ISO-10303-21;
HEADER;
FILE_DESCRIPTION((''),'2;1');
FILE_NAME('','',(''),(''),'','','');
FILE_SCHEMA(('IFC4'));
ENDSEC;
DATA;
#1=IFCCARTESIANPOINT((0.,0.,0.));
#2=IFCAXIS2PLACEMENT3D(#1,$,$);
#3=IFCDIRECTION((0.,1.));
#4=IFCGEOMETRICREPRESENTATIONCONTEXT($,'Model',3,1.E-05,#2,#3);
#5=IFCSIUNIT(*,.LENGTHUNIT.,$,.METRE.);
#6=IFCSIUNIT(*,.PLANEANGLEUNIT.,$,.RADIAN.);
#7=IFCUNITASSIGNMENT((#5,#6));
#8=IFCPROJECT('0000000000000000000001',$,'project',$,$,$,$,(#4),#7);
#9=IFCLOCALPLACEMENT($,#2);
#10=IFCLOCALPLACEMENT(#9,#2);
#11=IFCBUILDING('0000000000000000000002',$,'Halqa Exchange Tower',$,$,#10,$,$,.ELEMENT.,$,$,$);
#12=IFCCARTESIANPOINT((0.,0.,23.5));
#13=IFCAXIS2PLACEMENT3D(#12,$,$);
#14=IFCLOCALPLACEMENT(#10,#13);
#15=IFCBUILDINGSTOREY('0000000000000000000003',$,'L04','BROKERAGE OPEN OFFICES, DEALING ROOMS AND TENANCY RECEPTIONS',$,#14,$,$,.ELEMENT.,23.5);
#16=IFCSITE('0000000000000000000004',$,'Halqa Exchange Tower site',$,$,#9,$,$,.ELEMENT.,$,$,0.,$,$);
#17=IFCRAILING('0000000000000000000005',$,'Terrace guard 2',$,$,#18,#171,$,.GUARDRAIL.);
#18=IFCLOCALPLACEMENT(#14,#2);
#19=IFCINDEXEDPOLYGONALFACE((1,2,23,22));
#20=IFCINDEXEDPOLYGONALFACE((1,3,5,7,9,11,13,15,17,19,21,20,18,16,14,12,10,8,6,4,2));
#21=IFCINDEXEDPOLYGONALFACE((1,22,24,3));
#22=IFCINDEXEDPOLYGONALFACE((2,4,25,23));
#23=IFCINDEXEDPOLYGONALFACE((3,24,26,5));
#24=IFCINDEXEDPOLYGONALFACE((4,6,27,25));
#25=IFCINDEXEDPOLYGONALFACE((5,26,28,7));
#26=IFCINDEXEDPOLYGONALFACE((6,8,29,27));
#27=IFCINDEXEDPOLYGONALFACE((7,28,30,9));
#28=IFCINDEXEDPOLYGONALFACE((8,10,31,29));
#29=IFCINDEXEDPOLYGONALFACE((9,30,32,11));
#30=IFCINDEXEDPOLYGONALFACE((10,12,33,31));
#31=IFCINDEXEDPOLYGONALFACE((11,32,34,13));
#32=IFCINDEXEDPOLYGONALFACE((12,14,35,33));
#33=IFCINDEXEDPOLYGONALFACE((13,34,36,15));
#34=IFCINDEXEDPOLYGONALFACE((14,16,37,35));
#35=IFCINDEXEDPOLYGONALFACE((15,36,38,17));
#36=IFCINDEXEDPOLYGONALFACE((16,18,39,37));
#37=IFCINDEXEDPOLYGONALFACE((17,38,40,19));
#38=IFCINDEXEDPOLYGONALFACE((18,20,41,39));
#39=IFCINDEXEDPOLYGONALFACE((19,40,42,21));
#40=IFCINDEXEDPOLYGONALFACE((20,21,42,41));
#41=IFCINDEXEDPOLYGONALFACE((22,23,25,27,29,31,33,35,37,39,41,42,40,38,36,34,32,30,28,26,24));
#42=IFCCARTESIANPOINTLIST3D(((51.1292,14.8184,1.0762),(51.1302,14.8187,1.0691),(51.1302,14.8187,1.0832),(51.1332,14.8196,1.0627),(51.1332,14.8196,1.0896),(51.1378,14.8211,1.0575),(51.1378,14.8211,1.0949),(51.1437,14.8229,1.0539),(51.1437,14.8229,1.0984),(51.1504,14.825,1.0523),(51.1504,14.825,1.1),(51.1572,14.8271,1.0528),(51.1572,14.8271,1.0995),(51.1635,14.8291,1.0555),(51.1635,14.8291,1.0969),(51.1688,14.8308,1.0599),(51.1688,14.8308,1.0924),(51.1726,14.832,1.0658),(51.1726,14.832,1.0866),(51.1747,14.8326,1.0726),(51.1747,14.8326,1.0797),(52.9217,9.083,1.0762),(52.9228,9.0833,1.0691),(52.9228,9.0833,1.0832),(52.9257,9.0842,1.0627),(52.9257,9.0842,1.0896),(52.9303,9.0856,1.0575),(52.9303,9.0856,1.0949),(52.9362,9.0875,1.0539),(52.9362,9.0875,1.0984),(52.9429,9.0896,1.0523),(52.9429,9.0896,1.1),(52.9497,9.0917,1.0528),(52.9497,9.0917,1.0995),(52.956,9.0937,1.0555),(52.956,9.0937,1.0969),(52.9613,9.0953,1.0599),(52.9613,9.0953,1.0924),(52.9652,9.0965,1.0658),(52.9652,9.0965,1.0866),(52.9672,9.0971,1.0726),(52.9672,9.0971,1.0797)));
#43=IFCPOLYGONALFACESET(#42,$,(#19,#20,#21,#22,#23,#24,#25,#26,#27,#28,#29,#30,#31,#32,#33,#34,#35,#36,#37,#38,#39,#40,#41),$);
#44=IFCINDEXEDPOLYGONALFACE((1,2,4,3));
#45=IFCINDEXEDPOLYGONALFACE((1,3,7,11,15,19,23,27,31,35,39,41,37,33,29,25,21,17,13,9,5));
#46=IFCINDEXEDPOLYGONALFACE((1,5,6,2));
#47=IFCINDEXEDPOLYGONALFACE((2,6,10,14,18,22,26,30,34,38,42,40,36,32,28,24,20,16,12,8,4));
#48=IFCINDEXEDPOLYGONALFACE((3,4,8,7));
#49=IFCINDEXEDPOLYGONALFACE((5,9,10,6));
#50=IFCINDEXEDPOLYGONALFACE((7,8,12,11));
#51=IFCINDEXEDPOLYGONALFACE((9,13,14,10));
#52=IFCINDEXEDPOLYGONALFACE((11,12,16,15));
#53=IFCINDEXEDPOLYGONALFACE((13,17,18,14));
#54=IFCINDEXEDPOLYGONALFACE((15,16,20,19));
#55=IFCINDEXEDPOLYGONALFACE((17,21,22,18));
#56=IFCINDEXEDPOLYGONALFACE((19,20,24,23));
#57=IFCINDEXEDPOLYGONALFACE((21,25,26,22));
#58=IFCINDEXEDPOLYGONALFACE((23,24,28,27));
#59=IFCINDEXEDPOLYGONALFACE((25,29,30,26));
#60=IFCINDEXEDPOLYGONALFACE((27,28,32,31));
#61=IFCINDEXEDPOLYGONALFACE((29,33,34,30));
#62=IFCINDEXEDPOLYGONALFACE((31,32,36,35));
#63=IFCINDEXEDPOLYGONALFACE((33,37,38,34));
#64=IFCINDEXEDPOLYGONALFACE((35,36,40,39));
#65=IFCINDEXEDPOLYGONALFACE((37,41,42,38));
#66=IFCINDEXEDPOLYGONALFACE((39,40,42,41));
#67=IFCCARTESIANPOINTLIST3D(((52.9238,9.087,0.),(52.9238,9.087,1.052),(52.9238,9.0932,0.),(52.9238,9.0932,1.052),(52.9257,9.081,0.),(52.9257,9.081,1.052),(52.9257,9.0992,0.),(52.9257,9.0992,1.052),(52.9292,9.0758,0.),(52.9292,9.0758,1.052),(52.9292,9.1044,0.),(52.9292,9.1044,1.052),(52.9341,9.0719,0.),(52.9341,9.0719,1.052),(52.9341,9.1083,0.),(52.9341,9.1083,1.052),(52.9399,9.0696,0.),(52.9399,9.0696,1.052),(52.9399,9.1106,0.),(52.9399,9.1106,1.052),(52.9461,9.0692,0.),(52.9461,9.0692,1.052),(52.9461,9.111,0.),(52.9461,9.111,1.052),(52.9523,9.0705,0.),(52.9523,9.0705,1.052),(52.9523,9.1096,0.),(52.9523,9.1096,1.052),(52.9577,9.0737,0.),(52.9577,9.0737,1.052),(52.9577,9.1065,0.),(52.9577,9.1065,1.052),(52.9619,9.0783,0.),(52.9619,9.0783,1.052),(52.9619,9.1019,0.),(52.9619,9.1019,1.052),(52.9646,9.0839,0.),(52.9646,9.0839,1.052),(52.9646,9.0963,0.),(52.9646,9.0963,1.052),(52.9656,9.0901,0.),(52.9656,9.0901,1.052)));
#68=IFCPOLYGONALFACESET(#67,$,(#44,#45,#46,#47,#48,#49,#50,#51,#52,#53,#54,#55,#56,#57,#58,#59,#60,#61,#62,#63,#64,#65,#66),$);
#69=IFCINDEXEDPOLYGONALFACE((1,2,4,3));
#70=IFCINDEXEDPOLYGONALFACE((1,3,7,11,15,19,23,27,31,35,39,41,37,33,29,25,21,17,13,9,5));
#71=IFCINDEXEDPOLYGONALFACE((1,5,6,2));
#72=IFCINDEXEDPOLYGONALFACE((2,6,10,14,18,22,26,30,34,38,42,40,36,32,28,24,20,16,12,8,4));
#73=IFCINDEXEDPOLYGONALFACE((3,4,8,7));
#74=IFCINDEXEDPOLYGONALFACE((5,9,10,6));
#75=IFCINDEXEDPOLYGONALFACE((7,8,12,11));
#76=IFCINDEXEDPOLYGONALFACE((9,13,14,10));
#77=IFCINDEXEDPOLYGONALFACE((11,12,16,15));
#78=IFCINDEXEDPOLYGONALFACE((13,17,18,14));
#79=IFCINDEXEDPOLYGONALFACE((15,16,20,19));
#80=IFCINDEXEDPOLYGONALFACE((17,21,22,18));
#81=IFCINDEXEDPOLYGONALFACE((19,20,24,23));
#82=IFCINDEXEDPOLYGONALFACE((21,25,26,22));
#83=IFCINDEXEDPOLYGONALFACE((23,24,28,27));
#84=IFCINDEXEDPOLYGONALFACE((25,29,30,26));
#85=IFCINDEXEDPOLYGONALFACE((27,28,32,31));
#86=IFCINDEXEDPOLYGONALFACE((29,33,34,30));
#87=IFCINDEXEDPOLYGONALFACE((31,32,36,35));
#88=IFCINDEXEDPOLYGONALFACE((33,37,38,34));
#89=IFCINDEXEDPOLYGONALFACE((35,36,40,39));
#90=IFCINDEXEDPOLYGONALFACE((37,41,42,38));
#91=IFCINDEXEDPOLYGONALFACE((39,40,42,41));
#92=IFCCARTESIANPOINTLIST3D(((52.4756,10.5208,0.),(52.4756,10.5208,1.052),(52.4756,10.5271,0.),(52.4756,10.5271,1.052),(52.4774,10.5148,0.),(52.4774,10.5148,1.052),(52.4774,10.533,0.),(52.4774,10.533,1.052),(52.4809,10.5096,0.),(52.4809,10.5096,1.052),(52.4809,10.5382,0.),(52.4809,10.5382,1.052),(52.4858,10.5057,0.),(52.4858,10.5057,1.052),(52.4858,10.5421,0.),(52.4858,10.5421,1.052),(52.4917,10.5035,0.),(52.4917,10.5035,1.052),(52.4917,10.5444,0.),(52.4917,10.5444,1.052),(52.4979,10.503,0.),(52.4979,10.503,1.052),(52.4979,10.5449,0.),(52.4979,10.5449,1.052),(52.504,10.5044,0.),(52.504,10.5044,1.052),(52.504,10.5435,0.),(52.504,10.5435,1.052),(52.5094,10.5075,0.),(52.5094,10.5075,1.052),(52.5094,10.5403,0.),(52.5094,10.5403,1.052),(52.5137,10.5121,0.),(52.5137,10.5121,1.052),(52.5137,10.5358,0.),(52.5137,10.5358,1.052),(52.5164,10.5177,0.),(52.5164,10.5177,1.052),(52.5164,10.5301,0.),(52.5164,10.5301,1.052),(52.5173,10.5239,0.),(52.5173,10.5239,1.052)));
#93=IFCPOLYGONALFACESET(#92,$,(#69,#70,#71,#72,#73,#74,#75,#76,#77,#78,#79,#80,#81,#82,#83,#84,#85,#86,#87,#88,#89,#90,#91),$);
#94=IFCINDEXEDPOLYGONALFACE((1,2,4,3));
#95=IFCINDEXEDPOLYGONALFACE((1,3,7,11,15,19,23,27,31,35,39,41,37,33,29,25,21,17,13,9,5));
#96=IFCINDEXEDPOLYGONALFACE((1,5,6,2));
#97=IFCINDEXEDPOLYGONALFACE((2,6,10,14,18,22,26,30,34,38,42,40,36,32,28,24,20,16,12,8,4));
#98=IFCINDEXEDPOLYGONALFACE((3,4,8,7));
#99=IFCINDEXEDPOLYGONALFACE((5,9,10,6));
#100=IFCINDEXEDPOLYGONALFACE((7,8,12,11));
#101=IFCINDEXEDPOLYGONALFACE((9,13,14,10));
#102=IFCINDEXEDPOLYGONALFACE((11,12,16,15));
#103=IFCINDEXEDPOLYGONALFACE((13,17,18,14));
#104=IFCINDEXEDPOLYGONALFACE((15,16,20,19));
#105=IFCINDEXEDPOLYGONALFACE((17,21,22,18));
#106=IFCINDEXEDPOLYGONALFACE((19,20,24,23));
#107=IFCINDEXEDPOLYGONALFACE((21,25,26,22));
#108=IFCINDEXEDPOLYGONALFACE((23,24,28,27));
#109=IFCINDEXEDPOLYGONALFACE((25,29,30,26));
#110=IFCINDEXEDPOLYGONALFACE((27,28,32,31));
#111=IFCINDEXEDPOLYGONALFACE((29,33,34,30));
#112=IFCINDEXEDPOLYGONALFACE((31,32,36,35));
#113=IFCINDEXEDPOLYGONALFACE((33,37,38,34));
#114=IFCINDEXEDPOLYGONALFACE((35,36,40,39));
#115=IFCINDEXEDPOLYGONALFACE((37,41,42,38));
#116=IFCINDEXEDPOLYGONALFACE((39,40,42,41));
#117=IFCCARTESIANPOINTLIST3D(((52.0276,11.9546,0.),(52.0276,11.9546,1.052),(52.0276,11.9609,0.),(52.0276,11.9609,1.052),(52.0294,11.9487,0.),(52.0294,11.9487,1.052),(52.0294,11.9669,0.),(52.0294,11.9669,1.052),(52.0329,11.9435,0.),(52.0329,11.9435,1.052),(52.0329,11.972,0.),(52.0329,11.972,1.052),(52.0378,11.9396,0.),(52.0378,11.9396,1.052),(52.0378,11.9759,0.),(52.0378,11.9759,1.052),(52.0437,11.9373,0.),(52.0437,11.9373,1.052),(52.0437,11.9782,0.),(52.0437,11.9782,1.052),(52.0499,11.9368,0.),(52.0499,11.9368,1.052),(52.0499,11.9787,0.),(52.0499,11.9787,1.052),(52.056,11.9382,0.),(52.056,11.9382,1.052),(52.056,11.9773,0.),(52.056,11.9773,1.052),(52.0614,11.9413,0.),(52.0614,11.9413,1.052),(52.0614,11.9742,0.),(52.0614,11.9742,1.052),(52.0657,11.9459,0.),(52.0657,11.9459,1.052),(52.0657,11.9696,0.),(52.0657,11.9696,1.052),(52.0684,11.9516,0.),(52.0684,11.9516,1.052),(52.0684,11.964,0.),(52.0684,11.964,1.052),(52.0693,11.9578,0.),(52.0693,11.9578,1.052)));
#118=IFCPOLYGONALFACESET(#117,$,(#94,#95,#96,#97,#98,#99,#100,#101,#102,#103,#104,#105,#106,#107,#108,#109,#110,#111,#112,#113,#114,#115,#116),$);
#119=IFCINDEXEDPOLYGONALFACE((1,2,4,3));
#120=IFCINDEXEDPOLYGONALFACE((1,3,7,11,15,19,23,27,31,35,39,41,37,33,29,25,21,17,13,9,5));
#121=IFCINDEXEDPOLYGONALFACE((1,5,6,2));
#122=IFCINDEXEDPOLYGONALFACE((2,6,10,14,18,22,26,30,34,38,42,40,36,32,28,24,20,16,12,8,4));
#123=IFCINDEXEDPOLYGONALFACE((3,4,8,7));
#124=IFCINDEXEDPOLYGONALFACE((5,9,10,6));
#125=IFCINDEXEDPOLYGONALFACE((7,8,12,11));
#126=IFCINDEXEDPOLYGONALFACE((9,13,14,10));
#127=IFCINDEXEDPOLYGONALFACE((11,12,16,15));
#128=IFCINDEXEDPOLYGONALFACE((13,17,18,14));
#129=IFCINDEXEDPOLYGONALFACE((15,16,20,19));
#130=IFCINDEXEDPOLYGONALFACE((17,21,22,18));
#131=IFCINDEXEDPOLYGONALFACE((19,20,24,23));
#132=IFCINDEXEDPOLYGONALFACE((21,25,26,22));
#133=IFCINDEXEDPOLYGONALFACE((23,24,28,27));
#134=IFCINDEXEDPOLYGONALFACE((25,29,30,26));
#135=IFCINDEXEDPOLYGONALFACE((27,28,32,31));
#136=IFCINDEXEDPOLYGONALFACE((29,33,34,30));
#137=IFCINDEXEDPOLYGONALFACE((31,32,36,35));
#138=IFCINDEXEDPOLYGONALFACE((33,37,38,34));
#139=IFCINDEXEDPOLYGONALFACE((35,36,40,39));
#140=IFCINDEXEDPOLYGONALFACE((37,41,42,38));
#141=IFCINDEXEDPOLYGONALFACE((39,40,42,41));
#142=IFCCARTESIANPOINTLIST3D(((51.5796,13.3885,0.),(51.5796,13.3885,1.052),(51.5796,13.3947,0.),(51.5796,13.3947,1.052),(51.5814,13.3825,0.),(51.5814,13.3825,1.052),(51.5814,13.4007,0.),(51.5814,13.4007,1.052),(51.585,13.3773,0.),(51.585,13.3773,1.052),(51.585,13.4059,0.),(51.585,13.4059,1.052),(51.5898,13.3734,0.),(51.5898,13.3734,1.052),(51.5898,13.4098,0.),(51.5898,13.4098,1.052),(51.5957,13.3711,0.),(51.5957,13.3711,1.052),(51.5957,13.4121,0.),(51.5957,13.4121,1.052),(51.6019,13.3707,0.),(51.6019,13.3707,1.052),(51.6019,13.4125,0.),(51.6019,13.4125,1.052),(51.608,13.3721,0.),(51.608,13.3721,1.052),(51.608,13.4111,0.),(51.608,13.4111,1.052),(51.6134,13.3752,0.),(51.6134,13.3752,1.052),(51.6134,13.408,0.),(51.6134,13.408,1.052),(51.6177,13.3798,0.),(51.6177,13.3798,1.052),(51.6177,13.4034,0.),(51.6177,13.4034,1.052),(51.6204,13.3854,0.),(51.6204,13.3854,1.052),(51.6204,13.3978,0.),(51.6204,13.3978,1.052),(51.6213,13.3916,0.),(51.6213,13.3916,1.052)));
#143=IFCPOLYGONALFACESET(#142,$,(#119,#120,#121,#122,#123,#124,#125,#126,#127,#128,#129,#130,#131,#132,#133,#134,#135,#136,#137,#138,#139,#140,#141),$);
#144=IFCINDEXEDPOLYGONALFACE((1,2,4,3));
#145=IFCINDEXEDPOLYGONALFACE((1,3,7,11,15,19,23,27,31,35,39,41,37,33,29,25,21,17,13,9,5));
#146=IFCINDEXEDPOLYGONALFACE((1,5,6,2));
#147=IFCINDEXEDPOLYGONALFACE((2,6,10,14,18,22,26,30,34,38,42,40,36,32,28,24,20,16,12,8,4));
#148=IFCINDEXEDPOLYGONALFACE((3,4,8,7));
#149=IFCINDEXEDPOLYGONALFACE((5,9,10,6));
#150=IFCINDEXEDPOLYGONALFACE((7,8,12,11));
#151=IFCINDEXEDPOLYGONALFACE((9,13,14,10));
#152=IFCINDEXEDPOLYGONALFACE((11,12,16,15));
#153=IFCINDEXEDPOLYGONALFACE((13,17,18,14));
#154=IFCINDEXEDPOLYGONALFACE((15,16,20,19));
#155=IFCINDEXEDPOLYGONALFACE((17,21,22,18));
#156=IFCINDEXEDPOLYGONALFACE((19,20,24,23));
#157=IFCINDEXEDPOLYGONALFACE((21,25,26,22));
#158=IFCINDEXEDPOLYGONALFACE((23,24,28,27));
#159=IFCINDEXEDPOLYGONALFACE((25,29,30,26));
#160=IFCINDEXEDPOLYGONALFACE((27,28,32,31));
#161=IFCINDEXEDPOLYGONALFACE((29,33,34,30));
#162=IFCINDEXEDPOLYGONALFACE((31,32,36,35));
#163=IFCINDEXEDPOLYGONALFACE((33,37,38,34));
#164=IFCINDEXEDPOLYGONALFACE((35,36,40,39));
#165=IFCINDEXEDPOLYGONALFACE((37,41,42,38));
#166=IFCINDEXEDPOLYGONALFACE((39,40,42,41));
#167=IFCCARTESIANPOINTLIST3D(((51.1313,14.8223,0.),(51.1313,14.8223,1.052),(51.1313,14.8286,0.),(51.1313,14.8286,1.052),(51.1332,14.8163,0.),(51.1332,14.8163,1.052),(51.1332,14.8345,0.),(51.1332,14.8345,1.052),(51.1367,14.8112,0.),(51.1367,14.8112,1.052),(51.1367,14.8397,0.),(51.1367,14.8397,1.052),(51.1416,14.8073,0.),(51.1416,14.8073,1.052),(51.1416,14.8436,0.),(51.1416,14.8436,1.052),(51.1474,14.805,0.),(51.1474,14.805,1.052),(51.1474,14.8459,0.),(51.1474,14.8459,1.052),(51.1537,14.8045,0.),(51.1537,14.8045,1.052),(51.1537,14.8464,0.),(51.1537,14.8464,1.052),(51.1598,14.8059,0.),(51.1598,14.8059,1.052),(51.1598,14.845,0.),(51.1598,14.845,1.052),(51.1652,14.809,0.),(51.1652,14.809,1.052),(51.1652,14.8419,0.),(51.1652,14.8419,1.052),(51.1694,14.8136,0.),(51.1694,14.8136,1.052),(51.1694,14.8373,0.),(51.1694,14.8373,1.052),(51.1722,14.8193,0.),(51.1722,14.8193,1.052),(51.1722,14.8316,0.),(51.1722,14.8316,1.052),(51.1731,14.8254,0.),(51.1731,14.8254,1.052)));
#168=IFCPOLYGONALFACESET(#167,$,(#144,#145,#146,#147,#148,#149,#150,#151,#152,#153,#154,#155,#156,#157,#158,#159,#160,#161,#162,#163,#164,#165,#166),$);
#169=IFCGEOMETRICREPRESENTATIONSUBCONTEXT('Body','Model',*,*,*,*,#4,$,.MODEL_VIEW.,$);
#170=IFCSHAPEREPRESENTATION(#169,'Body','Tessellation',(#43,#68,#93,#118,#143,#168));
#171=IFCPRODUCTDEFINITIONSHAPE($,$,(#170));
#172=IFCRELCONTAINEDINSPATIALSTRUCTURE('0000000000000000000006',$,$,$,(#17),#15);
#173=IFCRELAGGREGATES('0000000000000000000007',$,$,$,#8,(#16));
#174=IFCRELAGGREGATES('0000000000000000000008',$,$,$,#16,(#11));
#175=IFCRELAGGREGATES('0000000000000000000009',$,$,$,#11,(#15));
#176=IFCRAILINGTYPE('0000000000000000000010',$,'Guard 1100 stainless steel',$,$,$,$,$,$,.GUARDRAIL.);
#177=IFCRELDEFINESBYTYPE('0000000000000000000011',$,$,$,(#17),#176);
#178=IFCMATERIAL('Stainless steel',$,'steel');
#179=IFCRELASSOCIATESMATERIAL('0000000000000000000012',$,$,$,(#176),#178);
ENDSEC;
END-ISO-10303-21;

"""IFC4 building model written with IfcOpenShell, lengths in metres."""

from ifc_helpers import new_model, si_unit, direction, frame, origin, origin_2d, place, context, subcontext, project, spatial, circle, extrude, material, type_object, element, save


model = new_model("IFC4")

# Units and contexts
model_context = context("Model", 3, precision=1e-05, world=origin(), true_north=direction((0.0, 1.0)))
body_context = subcontext(model_context, "Body", "Model", "MODEL_VIEW")
ifc_project = project(units=[si_unit("LENGTHUNIT", "METRE"), si_unit("PLANEANGLEUNIT", "RADIAN")], contexts=[model_context])

# Site, building, storey
site_placement = place(None, origin())
site = spatial("IfcSite", under=ifc_project, at=site_placement, Name="Halqa Exchange Tower site", CompositionType="ELEMENT", RefElevation=0.0)
building_placement = place(site_placement, origin())
building = spatial("IfcBuilding", under=site, at=building_placement, Name="Halqa Exchange Tower", CompositionType="ELEMENT")
storey_placement = place(building_placement, frame((0.0, 0.0, 23.5)))
storey = spatial("IfcBuildingStorey", under=building, at=storey_placement, Name="L04", Description="BROKERAGE OPEN OFFICES, DEALING ROOMS AND TENANCY RECEPTIONS", CompositionType="ELEMENT", Elevation=23.5)

# Railing
ifc_material_1 = material(Name="Stainless steel", Category="steel")
railing_type = type_object("IfcRailingType", Name="Guard 1100 stainless steel", PredefinedType="GUARDRAIL", material=ifc_material_1)
railing_1_placement = place(storey_placement, frame((52.9446, 9.0901, 0.0)))
element("IfcRailing", 1, at=railing_1_placement, inside=storey, type_object=railing_type, Name="Terrace guard 2", PredefinedType="GUARDRAIL", context=body_context, shape_type="SweptSolid", body=[
    extrude(circle(Radius=0.0239, at=origin_2d()), frame((0.0, 0.0, 1.0762), z_axis=(-0.298303, 0.954471, 0.0), x_axis=(-0.954471, -0.298303, 0.0)), (0.0, 0.0, 1.0), 6.009),
    extrude(circle(Radius=0.021, at=origin_2d()), origin(), (0.0, 0.0, 1.0), 1.052),
    extrude(circle(Radius=0.021, at=origin_2d()), frame((-0.4482, 1.4338, 0.0)), (0.0, 0.0, 1.0), 1.052),
    extrude(circle(Radius=0.021, at=origin_2d()), frame((-0.8962, 2.8677, 0.0)), (0.0, 0.0, 1.0), 1.052),
    extrude(circle(Radius=0.021, at=origin_2d()), frame((-1.3442, 4.3015, 0.0)), (0.0, 0.0, 1.0), 1.052),
    extrude(circle(Radius=0.021, at=origin_2d()), frame((-1.7925, 5.7354, 0.0)), (0.0, 0.0, 1.0), 1.052),
])

save(model, "model.ifc")
